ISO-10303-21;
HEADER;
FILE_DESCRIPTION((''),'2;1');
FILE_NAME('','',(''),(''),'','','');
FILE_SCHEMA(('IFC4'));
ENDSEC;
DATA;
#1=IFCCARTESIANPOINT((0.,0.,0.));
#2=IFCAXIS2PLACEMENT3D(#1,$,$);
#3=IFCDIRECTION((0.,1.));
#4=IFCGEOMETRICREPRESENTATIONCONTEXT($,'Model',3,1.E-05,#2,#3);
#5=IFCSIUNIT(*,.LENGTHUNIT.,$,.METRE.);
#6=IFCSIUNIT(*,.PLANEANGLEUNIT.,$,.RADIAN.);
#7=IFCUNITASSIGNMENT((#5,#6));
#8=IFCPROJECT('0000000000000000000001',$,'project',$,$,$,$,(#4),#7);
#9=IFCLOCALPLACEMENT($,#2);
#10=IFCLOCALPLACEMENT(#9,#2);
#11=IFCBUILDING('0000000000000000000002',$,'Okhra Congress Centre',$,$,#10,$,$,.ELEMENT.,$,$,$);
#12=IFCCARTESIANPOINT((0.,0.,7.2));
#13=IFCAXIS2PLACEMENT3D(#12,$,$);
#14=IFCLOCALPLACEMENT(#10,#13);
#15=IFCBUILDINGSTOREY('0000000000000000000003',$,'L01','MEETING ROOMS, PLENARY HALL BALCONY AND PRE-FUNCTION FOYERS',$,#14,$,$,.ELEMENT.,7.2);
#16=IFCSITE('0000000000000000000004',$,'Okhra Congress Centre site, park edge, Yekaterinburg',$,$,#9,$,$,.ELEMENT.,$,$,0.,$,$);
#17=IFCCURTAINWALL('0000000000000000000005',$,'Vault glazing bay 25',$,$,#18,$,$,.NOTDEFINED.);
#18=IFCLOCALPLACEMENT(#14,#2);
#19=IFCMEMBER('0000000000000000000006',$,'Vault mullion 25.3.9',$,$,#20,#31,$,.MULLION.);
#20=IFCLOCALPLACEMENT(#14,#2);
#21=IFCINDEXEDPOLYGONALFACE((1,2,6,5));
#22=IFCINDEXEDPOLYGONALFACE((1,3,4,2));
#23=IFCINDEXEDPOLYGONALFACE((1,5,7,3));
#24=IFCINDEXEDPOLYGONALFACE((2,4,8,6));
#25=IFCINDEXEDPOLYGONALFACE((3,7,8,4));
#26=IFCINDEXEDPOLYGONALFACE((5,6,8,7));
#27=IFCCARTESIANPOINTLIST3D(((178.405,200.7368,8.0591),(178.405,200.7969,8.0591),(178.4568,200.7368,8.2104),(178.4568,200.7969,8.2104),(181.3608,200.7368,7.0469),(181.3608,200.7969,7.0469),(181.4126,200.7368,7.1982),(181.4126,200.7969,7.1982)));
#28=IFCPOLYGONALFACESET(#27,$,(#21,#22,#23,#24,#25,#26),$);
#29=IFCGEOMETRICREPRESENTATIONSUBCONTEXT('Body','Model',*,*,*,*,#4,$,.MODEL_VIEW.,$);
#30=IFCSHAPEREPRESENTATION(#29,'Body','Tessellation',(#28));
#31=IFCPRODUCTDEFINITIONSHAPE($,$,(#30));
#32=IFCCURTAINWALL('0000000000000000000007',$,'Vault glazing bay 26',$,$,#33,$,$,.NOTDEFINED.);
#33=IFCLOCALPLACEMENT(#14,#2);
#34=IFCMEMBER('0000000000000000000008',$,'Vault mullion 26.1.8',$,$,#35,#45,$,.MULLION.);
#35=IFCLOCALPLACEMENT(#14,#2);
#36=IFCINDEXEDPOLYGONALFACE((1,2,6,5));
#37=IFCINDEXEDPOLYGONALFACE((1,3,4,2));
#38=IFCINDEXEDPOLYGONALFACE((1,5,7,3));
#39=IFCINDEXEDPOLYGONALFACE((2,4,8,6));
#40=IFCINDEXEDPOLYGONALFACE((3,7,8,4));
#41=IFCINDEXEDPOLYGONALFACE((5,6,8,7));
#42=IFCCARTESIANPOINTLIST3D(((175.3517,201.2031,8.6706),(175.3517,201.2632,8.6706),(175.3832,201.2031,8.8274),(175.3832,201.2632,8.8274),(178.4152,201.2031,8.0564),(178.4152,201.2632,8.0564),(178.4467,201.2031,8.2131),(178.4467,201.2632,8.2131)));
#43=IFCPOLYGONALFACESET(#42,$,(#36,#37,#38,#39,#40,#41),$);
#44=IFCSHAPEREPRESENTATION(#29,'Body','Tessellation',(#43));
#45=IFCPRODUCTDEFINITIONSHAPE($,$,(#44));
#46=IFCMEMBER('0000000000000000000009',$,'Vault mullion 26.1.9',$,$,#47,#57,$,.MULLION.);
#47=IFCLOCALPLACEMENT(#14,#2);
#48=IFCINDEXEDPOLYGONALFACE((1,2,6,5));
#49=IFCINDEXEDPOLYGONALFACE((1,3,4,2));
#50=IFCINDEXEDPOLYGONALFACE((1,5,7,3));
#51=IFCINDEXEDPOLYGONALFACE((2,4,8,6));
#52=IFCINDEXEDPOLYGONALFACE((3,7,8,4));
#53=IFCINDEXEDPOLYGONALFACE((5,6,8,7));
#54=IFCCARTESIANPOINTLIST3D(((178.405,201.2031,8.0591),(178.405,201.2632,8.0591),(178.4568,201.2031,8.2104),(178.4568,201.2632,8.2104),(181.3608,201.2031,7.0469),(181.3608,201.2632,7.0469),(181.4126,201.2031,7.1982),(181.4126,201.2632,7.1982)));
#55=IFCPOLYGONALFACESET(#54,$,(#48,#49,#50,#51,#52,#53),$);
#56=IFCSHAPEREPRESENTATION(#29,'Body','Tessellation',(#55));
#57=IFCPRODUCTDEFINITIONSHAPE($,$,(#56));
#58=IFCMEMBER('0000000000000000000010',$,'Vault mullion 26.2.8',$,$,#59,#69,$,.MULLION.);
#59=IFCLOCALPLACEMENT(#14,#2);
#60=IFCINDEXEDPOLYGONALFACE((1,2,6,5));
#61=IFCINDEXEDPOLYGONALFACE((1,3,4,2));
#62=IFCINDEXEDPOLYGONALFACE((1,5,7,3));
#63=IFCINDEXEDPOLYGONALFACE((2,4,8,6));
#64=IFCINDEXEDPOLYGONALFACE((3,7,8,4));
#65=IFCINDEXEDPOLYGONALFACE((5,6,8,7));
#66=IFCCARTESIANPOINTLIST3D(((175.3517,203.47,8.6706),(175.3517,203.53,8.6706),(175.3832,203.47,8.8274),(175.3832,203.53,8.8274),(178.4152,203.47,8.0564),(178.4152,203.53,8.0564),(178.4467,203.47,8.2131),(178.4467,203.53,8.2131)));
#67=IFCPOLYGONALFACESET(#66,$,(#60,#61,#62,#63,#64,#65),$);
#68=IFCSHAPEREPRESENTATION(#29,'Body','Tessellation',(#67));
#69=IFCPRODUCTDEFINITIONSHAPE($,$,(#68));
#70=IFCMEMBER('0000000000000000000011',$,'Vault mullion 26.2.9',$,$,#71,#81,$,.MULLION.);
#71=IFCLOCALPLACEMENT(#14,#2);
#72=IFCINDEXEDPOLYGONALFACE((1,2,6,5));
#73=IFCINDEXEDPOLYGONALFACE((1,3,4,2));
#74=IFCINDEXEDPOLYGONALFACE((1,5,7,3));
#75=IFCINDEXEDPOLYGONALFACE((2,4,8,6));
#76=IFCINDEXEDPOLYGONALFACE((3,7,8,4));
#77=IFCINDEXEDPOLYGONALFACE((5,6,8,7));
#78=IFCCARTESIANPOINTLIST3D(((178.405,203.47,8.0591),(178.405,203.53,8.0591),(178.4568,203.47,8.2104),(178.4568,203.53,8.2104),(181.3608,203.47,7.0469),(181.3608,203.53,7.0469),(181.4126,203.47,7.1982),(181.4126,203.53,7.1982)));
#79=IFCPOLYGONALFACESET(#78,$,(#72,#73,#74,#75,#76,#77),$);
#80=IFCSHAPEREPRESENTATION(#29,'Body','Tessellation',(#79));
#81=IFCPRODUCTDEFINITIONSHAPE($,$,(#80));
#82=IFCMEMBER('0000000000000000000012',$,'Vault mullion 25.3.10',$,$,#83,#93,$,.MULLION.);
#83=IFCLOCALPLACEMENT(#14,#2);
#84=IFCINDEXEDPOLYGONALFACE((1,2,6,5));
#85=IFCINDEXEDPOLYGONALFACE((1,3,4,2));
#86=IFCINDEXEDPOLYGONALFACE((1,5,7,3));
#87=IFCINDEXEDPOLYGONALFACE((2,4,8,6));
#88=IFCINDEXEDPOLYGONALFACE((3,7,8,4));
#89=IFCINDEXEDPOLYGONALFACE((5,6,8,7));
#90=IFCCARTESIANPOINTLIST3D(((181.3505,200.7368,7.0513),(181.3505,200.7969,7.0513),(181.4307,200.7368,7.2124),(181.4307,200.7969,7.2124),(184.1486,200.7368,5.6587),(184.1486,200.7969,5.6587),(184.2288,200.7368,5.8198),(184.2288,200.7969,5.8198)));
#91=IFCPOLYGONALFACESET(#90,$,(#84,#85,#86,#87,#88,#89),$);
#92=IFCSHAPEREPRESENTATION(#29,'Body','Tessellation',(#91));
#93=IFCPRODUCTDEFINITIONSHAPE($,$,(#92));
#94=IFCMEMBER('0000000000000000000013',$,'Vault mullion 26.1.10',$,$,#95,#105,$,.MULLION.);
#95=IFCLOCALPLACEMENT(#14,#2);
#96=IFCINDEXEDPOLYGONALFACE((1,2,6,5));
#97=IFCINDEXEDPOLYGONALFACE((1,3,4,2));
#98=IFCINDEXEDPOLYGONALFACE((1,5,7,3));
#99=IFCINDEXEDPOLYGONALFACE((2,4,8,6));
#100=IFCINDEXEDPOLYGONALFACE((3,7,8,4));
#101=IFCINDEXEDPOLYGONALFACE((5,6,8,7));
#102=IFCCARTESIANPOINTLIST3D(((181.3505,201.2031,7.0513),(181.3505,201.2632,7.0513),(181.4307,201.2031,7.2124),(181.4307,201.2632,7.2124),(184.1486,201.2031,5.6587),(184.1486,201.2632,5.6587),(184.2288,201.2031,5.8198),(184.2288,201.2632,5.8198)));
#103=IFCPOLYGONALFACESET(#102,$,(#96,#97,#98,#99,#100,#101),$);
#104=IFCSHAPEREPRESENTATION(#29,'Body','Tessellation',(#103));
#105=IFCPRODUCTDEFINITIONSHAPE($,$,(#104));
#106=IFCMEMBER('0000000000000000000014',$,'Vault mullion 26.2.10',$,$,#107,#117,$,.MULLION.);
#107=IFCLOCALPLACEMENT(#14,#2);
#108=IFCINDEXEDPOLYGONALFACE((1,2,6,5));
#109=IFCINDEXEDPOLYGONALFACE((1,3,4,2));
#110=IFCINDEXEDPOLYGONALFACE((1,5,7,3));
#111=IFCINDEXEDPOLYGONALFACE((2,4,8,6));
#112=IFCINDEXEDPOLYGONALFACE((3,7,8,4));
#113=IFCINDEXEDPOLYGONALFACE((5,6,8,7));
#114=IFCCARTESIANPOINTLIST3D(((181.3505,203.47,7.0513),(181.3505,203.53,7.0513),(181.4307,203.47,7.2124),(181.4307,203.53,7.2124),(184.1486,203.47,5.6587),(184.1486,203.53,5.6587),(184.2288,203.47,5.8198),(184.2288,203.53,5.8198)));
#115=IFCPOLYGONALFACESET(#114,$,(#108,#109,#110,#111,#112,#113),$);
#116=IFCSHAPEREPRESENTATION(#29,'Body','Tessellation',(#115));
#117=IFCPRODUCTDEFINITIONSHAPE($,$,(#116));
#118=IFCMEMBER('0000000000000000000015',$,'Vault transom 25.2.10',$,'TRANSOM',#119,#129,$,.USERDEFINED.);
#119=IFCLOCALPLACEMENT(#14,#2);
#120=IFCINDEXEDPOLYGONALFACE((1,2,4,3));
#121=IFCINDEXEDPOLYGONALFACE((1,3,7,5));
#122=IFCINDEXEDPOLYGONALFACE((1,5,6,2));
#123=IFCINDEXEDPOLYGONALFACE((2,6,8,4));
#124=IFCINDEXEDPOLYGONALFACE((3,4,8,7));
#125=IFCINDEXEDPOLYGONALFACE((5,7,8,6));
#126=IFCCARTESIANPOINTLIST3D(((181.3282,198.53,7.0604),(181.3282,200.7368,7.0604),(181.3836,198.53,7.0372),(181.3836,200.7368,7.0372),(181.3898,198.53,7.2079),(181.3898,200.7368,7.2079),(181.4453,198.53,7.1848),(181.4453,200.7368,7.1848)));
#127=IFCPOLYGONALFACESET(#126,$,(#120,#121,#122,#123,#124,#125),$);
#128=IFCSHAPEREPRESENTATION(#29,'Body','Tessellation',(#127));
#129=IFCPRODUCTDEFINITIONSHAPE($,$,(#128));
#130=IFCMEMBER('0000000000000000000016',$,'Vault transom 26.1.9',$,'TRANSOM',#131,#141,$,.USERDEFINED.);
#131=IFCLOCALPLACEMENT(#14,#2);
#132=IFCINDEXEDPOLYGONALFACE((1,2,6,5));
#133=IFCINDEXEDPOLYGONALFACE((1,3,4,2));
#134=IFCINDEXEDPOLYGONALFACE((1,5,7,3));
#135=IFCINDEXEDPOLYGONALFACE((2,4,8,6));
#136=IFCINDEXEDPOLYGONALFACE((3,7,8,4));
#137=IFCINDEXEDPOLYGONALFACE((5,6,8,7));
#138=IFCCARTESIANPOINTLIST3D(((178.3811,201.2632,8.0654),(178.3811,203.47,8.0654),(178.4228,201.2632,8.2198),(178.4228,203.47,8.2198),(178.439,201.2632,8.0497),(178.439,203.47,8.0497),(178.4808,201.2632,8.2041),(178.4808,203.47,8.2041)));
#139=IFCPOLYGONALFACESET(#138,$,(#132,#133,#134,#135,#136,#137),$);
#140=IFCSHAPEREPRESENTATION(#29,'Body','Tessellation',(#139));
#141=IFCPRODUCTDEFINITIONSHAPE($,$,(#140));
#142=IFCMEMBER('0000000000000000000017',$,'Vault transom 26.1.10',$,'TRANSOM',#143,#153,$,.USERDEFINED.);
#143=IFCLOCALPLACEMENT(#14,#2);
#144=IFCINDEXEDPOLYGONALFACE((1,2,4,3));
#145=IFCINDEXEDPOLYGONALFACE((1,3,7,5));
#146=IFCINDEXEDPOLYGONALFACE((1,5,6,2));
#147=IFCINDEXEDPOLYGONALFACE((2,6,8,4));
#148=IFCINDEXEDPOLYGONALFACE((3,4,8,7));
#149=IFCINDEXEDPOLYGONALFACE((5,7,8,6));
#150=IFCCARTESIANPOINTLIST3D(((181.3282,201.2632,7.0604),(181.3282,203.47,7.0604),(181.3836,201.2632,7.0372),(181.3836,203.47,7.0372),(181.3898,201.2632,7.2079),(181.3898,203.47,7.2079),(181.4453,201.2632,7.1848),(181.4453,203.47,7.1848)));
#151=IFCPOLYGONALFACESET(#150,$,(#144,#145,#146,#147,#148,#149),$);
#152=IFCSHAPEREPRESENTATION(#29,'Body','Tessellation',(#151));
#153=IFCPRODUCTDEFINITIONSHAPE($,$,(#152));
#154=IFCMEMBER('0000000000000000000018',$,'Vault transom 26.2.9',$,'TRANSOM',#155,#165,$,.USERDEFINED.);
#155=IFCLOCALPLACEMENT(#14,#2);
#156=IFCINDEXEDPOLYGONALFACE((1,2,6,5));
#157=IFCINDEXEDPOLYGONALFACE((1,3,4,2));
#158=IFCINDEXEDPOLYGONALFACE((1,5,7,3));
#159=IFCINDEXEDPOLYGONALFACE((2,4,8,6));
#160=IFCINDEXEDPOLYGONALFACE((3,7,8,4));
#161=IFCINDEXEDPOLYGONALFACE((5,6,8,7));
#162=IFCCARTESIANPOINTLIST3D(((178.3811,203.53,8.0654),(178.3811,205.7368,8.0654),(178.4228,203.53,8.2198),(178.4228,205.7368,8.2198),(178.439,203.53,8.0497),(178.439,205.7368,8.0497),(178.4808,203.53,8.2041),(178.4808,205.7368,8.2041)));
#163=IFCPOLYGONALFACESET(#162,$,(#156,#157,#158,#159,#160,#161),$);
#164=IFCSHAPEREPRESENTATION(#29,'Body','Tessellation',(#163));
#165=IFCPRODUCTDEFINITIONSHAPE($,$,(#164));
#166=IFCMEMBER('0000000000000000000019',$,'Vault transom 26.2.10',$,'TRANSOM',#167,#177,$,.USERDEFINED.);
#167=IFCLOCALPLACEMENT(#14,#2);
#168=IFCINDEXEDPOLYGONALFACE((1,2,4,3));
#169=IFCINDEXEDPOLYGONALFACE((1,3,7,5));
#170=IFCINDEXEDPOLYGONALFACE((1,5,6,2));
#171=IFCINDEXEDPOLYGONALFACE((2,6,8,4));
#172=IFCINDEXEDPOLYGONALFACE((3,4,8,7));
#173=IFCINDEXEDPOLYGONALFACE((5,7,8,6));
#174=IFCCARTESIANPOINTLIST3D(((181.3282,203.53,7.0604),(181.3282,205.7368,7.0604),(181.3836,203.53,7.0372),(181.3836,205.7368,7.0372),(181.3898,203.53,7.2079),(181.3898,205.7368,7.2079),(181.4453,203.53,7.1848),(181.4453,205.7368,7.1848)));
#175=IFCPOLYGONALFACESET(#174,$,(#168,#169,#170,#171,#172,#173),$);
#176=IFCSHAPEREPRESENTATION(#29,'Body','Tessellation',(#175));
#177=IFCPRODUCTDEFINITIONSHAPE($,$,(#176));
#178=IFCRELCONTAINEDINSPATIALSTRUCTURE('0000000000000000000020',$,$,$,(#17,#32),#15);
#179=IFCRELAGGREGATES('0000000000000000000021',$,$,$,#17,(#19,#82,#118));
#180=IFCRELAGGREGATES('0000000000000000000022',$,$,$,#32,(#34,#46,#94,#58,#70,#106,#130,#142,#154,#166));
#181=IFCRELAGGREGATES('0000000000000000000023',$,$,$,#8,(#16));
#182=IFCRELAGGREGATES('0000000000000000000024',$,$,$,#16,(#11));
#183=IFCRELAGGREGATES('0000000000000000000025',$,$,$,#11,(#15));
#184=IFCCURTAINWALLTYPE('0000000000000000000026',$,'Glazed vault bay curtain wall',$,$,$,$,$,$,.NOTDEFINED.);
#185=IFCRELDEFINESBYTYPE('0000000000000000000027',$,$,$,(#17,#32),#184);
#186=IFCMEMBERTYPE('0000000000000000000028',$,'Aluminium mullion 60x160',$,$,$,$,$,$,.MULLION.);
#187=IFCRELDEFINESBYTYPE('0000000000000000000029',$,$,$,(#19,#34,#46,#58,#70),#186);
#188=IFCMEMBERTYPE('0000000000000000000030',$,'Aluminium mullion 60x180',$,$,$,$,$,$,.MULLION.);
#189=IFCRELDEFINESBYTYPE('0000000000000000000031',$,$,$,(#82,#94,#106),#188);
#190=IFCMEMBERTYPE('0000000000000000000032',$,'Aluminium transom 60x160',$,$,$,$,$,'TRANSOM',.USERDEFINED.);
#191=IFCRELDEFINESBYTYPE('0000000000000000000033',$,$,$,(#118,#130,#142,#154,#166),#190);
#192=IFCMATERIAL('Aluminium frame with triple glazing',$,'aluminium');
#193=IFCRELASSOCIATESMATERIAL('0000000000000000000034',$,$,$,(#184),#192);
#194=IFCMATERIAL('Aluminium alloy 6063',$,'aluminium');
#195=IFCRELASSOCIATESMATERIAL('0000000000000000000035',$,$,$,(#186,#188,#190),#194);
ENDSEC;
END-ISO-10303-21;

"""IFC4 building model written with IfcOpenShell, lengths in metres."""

from ifc_helpers import new_model, si_unit, direction, frame, origin, origin_2d, place, context, subcontext, project, spatial, rectangle, extrude, material, material_profile, profile_set, type_object, element, aggregate, save


model = new_model("IFC4")

# Units and contexts
model_context = context("Model", 3, precision=1e-05, world=origin(), true_north=direction((0.0, 1.0)))
body_context = subcontext(model_context, "Body", "Model", "MODEL_VIEW")
ifc_project = project(units=[si_unit("LENGTHUNIT", "METRE"), si_unit("PLANEANGLEUNIT", "RADIAN")], contexts=[model_context])

# Site, building, storey
site_placement = place(None, origin())
site = spatial("IfcSite", under=ifc_project, at=site_placement, Name="Okhra Congress Centre site, park edge, Yekaterinburg", CompositionType="ELEMENT", RefElevation=0.0)
building_placement = place(site_placement, origin())
building = spatial("IfcBuilding", under=site, at=building_placement, Name="Okhra Congress Centre", CompositionType="ELEMENT")
storey_placement = place(building_placement, frame((0.0, 0.0, 7.2)))
storey = spatial("IfcBuildingStorey", under=building, at=storey_placement, Name="L01", Description="MEETING ROOMS, PLENARY HALL BALCONY AND PRE-FUNCTION FOYERS", CompositionType="ELEMENT", Elevation=7.2)

# Curtain wall, member
ifc_material_1 = material(Name="Aluminium frame with triple glazing", Category="aluminium")
curtain_wall_type = type_object("IfcCurtainWallType", Name="Glazed vault bay curtain wall", PredefinedType="NOTDEFINED", material=ifc_material_1)
curtain_wall_1_placement = place(storey_placement, origin())
curtain_wall_1 = element("IfcCurtainWall", 1, at=curtain_wall_1_placement, inside=storey, type_object=curtain_wall_type, Name="Vault glazing bay 25", PredefinedType="NOTDEFINED")
ifc_material_2 = material(Name="Aluminium alloy 6063", Category="aluminium")
ifc_material_profile_1 = material_profile(ifc_material_2, rectangle(XDim=0.0601, YDim=0.1599, at=origin_2d()), Name="AL 60x160")
ifc_profile_set_1 = profile_set([ifc_material_profile_1], Name="Aluminium alloy 6063")
member_type_1 = type_object("IfcMemberType", Name="Aluminium mullion 60x160", PredefinedType="MULLION", material=ifc_profile_set_1)
member_1_placement = place(storey_placement, frame((178.4309, 200.7668, 8.1348), z_axis=(0.946065, 0.0, -0.323977), x_axis=(0.0, 1.0, 0.0)))
member_1 = element("IfcMember", 2, at=member_1_placement, type_object=member_type_1, Name="Vault mullion 25.3.9", PredefinedType="MULLION", context=body_context, shape_type="SweptSolid", body=[
    extrude(rectangle(XDim=0.0601, YDim=0.1599, at=origin_2d()), origin(), (0.0, 0.0, 1.0), 3.1243),
])

# Curtain wall, members
curtain_wall_2_placement = place(storey_placement, origin())
curtain_wall_2 = element("IfcCurtainWall", 3, at=curtain_wall_2_placement, inside=storey, type_object=curtain_wall_type, Name="Vault glazing bay 26", PredefinedType="NOTDEFINED")
member_2_placement = place(storey_placement, frame((175.3674, 201.2332, 8.749), z_axis=(0.980484, 0.0, -0.196597), x_axis=(0.0, 1.0, 0.0)))
member_2 = element("IfcMember", 4, at=member_2_placement, type_object=member_type_1, Name="Vault mullion 26.1.8", PredefinedType="MULLION", context=body_context, shape_type="SweptSolid", body=[
    extrude(rectangle(XDim=0.0601, YDim=0.1599, at=origin_2d()), origin(), (0.0, 0.0, 1.0), 3.1245),
])
member_3_placement = place(storey_placement, frame((178.4309, 201.2332, 8.1348), z_axis=(0.946065, 0.0, -0.323977), x_axis=(0.0, 1.0, 0.0)))
member_3 = element("IfcMember", 5, at=member_3_placement, type_object=member_type_1, Name="Vault mullion 26.1.9", PredefinedType="MULLION", context=body_context, shape_type="SweptSolid", body=[
    extrude(rectangle(XDim=0.0601, YDim=0.1599, at=origin_2d()), origin(), (0.0, 0.0, 1.0), 3.1243),
])
member_4_placement = place(storey_placement, frame((175.3674, 203.5, 8.749), z_axis=(0.980484, 0.0, -0.196597), x_axis=(0.0, 1.0, 0.0)))
member_4 = element("IfcMember", 6, at=member_4_placement, type_object=member_type_1, Name="Vault mullion 26.2.8", PredefinedType="MULLION", context=body_context, shape_type="SweptSolid", body=[
    extrude(rectangle(XDim=0.0601, YDim=0.1599, at=origin_2d()), origin(), (0.0, 0.0, 1.0), 3.1245),
])
member_5_placement = place(storey_placement, frame((178.4309, 203.5, 8.1348), z_axis=(0.946065, 0.0, -0.323977), x_axis=(0.0, 1.0, 0.0)))
member_5 = element("IfcMember", 7, at=member_5_placement, type_object=member_type_1, Name="Vault mullion 26.2.9", PredefinedType="MULLION", context=body_context, shape_type="SweptSolid", body=[
    extrude(rectangle(XDim=0.0601, YDim=0.1599, at=origin_2d()), origin(), (0.0, 0.0, 1.0), 3.1243),
])

# Members
ifc_material_profile_2 = material_profile(ifc_material_2, rectangle(XDim=0.0601, YDim=0.1799, at=origin_2d()), Name="AL 60x180")
ifc_profile_set_2 = profile_set([ifc_material_profile_2], Name="Aluminium alloy 6063")
member_type_2 = type_object("IfcMemberType", Name="Aluminium mullion 60x180", PredefinedType="MULLION", material=ifc_profile_set_2)
member_6_placement = place(storey_placement, frame((181.3906, 200.7668, 7.1318), z_axis=(0.895254, 0.0, -0.445557), x_axis=(0.0, 1.0, 0.0)))
member_6 = element("IfcMember", 8, at=member_6_placement, type_object=member_type_2, Name="Vault mullion 25.3.10", PredefinedType="MULLION", context=body_context, shape_type="SweptSolid", body=[
    extrude(rectangle(XDim=0.0601, YDim=0.1799, at=origin_2d()), origin(), (0.0, 0.0, 1.0), 3.1255),
])
member_7_placement = place(storey_placement, frame((181.3906, 201.2332, 7.1318), z_axis=(0.895254, 0.0, -0.445557), x_axis=(0.0, 1.0, 0.0)))
member_7 = element("IfcMember", 9, at=member_7_placement, type_object=member_type_2, Name="Vault mullion 26.1.10", PredefinedType="MULLION", context=body_context, shape_type="SweptSolid", body=[
    extrude(rectangle(XDim=0.0601, YDim=0.1799, at=origin_2d()), origin(), (0.0, 0.0, 1.0), 3.1255),
])
member_8_placement = place(storey_placement, frame((181.3906, 203.5, 7.1318), z_axis=(0.895254, 0.0, -0.445557), x_axis=(0.0, 1.0, 0.0)))
member_8 = element("IfcMember", 10, at=member_8_placement, type_object=member_type_2, Name="Vault mullion 26.2.10", PredefinedType="MULLION", context=body_context, shape_type="SweptSolid", body=[
    extrude(rectangle(XDim=0.0601, YDim=0.1799, at=origin_2d()), origin(), (0.0, 0.0, 1.0), 3.1255),
])
ifc_material_profile_3 = material_profile(ifc_material_2, rectangle(XDim=0.0601, YDim=0.1599, at=origin_2d()), Name="AL 60x160 transom")
ifc_profile_set_3 = profile_set([ifc_material_profile_3], Name="Aluminium alloy 6063")
member_type_3 = type_object("IfcMemberType", Name="Aluminium transom 60x160", ElementType="TRANSOM", PredefinedType="USERDEFINED", material=ifc_profile_set_3)
member_9_placement = place(storey_placement, frame((181.3867, 198.53, 7.1226), z_axis=(0.0, 1.0, 0.0), x_axis=(-0.922669, 0.0, 0.385593)))
member_9 = element("IfcMember", 11, at=member_9_placement, type_object=member_type_3, Name="Vault transom 25.2.10", ObjectType="TRANSOM", PredefinedType="USERDEFINED", context=body_context, shape_type="SweptSolid", body=[
    extrude(rectangle(XDim=0.0601, YDim=0.1599, at=origin_2d()), origin(), (0.0, 0.0, 1.0), 2.2068),
])
member_10_placement = place(storey_placement, frame((178.4309, 201.2632, 8.1348), z_axis=(0.0, 1.0, 0.0), x_axis=(-0.96538, 0.0, 0.260848)))
member_10 = element("IfcMember", 12, at=member_10_placement, type_object=member_type_3, Name="Vault transom 26.1.9", ObjectType="TRANSOM", PredefinedType="USERDEFINED", context=body_context, shape_type="SweptSolid", body=[
    extrude(rectangle(XDim=0.0601, YDim=0.1599, at=origin_2d()), origin(), (0.0, 0.0, 1.0), 2.2068),
])
member_11_placement = place(storey_placement, frame((181.3867, 201.2632, 7.1226), z_axis=(0.0, 1.0, 0.0), x_axis=(-0.922669, 0.0, 0.385593)))
member_11 = element("IfcMember", 13, at=member_11_placement, type_object=member_type_3, Name="Vault transom 26.1.10", ObjectType="TRANSOM", PredefinedType="USERDEFINED", context=body_context, shape_type="SweptSolid", body=[
    extrude(rectangle(XDim=0.0601, YDim=0.1599, at=origin_2d()), origin(), (0.0, 0.0, 1.0), 2.2068),
])
member_12_placement = place(storey_placement, frame((178.4309, 203.53, 8.1348), z_axis=(0.0, 1.0, 0.0), x_axis=(-0.96538, 0.0, 0.260848)))
member_12 = element("IfcMember", 14, at=member_12_placement, type_object=member_type_3, Name="Vault transom 26.2.9", ObjectType="TRANSOM", PredefinedType="USERDEFINED", context=body_context, shape_type="SweptSolid", body=[
    extrude(rectangle(XDim=0.0601, YDim=0.1599, at=origin_2d()), origin(), (0.0, 0.0, 1.0), 2.2068),
])
member_13_placement = place(storey_placement, frame((181.3867, 203.53, 7.1226), z_axis=(0.0, 1.0, 0.0), x_axis=(-0.922669, 0.0, 0.385593)))
member_13 = element("IfcMember", 15, at=member_13_placement, type_object=member_type_3, Name="Vault transom 26.2.10", ObjectType="TRANSOM", PredefinedType="USERDEFINED", context=body_context, shape_type="SweptSolid", body=[
    extrude(rectangle(XDim=0.0601, YDim=0.1599, at=origin_2d()), origin(), (0.0, 0.0, 1.0), 2.2068),
])

aggregate(curtain_wall_1, [member_1, member_6, member_9])
aggregate(curtain_wall_2, [member_2, member_3, member_7, member_4, member_5, member_8, member_10, member_11, member_12, member_13])

save(model, "model.ifc")
